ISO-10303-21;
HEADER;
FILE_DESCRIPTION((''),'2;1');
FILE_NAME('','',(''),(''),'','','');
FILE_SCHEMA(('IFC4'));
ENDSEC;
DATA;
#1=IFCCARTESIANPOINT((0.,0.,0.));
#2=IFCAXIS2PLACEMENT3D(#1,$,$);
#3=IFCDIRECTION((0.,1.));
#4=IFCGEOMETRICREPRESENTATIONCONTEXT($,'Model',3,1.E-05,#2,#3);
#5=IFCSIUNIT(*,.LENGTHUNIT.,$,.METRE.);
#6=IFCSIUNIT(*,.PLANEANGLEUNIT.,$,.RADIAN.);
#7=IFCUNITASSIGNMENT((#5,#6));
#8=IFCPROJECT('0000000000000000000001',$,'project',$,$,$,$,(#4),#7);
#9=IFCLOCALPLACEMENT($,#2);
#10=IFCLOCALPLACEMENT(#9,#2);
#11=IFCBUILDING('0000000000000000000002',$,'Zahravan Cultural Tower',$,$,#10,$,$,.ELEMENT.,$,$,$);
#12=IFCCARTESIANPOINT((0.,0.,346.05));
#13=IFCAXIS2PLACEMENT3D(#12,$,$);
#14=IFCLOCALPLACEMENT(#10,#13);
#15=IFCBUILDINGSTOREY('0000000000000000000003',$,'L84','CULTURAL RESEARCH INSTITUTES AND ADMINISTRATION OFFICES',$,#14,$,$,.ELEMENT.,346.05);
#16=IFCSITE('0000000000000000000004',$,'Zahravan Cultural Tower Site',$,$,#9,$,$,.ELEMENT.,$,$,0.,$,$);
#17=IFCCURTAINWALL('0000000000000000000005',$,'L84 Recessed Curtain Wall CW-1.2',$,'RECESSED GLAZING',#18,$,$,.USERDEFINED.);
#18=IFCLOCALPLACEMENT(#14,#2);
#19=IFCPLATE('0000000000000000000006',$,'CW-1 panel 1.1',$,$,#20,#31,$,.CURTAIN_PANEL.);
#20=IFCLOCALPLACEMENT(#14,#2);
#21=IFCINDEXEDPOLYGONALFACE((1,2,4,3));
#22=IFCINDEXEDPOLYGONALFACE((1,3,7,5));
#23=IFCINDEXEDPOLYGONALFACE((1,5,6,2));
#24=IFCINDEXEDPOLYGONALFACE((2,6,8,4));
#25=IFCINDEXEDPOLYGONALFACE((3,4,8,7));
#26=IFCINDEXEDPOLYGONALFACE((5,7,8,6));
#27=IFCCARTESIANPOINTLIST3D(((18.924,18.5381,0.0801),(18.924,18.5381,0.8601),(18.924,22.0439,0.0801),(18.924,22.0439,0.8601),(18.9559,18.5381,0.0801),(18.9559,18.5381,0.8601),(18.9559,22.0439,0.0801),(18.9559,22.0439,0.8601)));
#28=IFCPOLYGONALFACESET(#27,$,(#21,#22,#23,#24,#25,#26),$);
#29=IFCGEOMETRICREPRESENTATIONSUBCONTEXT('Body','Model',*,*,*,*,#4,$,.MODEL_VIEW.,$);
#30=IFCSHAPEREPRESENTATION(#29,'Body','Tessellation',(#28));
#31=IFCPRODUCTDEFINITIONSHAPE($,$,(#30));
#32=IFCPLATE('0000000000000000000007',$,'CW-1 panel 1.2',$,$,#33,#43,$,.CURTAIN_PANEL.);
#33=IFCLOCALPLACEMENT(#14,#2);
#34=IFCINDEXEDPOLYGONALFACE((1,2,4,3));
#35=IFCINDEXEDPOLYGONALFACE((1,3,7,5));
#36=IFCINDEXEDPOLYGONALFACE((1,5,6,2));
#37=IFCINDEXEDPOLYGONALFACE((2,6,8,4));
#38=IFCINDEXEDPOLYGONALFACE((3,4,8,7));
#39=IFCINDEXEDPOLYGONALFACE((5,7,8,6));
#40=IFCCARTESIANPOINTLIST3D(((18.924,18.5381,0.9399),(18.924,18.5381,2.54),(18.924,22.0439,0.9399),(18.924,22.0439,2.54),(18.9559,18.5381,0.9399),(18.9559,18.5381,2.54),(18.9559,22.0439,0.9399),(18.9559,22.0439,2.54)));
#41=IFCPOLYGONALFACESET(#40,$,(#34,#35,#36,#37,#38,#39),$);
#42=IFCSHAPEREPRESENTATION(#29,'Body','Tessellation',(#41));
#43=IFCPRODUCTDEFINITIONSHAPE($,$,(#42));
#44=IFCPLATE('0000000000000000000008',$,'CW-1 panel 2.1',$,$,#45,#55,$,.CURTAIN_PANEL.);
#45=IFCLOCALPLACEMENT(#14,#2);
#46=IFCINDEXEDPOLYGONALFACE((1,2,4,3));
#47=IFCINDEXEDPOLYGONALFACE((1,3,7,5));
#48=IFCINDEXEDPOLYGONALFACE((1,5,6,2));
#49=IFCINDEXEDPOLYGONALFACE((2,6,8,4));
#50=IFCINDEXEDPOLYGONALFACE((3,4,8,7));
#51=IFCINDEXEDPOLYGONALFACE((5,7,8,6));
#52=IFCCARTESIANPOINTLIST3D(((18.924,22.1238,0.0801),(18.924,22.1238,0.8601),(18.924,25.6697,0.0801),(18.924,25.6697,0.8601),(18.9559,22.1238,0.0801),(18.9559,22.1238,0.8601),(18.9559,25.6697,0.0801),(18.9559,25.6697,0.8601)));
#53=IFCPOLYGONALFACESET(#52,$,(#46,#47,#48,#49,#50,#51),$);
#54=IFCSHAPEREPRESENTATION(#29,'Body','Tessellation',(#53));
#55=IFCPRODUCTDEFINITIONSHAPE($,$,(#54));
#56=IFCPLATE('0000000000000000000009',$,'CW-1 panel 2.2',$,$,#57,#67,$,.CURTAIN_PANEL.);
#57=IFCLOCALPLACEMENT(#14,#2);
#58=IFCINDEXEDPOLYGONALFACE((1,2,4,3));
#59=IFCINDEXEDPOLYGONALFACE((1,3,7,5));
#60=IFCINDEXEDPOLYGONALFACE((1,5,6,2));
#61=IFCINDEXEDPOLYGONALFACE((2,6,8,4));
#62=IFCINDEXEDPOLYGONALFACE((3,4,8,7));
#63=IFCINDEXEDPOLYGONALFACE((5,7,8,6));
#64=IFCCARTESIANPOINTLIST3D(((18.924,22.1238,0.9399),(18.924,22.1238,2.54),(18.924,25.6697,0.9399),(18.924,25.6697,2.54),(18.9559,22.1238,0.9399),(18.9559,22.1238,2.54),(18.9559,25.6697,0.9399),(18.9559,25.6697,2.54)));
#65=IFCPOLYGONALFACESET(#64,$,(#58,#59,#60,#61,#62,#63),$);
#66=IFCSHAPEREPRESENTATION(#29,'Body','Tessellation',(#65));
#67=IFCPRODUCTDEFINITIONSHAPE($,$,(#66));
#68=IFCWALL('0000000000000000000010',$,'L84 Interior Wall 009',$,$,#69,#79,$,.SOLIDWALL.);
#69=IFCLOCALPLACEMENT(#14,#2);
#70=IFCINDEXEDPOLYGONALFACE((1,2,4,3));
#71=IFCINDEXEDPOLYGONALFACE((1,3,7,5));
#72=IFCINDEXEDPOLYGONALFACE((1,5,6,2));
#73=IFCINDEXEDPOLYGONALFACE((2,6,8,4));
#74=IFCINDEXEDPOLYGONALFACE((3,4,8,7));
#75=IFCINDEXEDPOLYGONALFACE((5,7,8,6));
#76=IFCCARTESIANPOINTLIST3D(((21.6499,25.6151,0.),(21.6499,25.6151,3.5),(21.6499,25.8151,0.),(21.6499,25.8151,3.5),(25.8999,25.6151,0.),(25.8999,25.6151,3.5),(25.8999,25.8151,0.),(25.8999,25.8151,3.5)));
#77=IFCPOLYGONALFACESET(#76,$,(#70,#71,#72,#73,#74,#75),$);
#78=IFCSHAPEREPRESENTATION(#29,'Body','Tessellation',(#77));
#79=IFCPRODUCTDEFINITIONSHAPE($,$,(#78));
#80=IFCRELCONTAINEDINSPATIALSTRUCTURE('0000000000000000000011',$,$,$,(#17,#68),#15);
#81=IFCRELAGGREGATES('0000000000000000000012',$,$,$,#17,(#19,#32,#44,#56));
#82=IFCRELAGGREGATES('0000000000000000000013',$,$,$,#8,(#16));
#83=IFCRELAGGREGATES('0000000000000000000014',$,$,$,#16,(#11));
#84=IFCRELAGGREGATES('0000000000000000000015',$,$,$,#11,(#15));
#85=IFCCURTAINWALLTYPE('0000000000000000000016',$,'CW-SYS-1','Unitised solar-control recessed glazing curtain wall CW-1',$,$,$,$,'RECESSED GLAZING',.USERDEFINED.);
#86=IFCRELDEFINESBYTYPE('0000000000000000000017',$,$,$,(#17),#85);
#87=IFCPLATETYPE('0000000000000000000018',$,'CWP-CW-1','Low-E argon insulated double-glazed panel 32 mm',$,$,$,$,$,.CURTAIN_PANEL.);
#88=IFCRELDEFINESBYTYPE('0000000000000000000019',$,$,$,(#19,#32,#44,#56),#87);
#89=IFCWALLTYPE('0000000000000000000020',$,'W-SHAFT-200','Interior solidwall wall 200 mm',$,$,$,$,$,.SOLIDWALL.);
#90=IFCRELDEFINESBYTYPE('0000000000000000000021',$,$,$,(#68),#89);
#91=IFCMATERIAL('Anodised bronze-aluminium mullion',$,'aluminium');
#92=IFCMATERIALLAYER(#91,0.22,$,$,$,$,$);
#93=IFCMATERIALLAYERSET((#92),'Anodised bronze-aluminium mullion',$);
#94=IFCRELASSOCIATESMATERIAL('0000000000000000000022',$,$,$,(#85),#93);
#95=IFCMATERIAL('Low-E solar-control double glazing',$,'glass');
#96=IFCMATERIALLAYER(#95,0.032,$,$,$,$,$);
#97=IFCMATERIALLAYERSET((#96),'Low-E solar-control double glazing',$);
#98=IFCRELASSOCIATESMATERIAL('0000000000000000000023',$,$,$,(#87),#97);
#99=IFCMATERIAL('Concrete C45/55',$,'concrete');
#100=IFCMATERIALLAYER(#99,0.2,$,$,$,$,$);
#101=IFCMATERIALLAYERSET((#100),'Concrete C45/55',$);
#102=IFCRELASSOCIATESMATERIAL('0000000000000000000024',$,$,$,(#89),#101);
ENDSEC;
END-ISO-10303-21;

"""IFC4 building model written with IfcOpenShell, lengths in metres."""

from ifc_helpers import new_model, si_unit, direction, frame, frame_2d, origin, origin_2d, place, context, subcontext, project, spatial, rectangle, extrude, source, transform, mapped, material, layer, layer_set, type_object, element, aggregate, save


model = new_model("IFC4")

# Units and contexts
model_context = context("Model", 3, precision=1e-05, world=origin(), true_north=direction((0.0, 1.0)))
body_context = subcontext(model_context, "Body", "Model", "MODEL_VIEW")
ifc_project = project(units=[si_unit("LENGTHUNIT", "METRE"), si_unit("PLANEANGLEUNIT", "RADIAN")], contexts=[model_context])

# Site, building, storey
site_placement = place(None, origin())
site = spatial("IfcSite", under=ifc_project, at=site_placement, Name="Zahravan Cultural Tower Site", CompositionType="ELEMENT", RefElevation=0.0)
building_placement = place(site_placement, origin())
building = spatial("IfcBuilding", under=site, at=building_placement, Name="Zahravan Cultural Tower", CompositionType="ELEMENT")
storey_placement = place(building_placement, frame((0.0, 0.0, 346.05)))
storey = spatial("IfcBuildingStorey", under=building, at=storey_placement, Name="L84", Description="CULTURAL RESEARCH INSTITUTES AND ADMINISTRATION OFFICES", CompositionType="ELEMENT", Elevation=346.05)

# Curtain wall, plates
ifc_material_1 = material(Name="Anodised bronze-aluminium mullion", Category="aluminium")
ifc_layer_1 = layer(ifc_material_1, 0.22)
ifc_layer_set_1 = layer_set([ifc_layer_1], Name="Anodised bronze-aluminium mullion")
curtain_wall_type = type_object("IfcCurtainWallType", Name="CW-SYS-1", Description="Unitised solar-control recessed glazing curtain wall CW-1", ElementType="RECESSED GLAZING", PredefinedType="USERDEFINED", material=ifc_layer_set_1)
curtain_wall_placement = place(storey_placement, origin())
curtain_wall = element("IfcCurtainWall", 1, at=curtain_wall_placement, inside=storey, type_object=curtain_wall_type, Name="L84 Recessed Curtain Wall CW-1.2", ObjectType="RECESSED GLAZING", PredefinedType="USERDEFINED")
ifc_material_2 = material(Name="Low-E solar-control double glazing", Category="glass")
ifc_layer_2 = layer(ifc_material_2, 0.032)
ifc_layer_set_2 = layer_set([ifc_layer_2], Name="Low-E solar-control double glazing")
plate_type = type_object("IfcPlateType", Name="CWP-CW-1", Description="Low-E argon insulated double-glazed panel 32 mm", PredefinedType="CURTAIN_PANEL", material=ifc_layer_set_2)
shared_shape_1 = source(origin(), body_context, "Body", "SweptSolid", [
    extrude(rectangle(XDim=3.5059, YDim=0.032, at=origin_2d()), origin(), (0.0, 0.0, 1.0), 0.78),
])
plate_1_placement = place(storey_placement, frame((18.9399, 20.291, 0.0801), z_axis=(0.0, 0.0, 1.0), x_axis=(0.0, 1.0, 0.0)))
plate_1 = element("IfcPlate", 2, at=plate_1_placement, type_object=plate_type, Name="CW-1 panel 1.1", PredefinedType="CURTAIN_PANEL", context=body_context, shape_type="MappedRepresentation", body=[
    mapped(shared_shape_1, transform((0.0, 0.0, 0.0), x_axis=(1.0, 0.0, 0.0), y_axis=(0.0, 1.0, 0.0), z_axis=(0.0, 0.0, 1.0), scale=1.0)),
])
shared_shape_2 = source(origin(), body_context, "Body", "SweptSolid", [
    extrude(rectangle(XDim=3.5059, YDim=0.032, at=origin_2d()), origin(), (0.0, 0.0, 1.0), 1.6001),
])
plate_2_placement = place(storey_placement, frame((18.9399, 20.291, 0.9399), z_axis=(0.0, 0.0, 1.0), x_axis=(0.0, 1.0, 0.0)))
plate_2 = element("IfcPlate", 3, at=plate_2_placement, type_object=plate_type, Name="CW-1 panel 1.2", PredefinedType="CURTAIN_PANEL", context=body_context, shape_type="MappedRepresentation", body=[
    mapped(shared_shape_2, transform((0.0, 0.0, 0.0), x_axis=(1.0, 0.0, 0.0), y_axis=(0.0, 1.0, 0.0), z_axis=(0.0, 0.0, 1.0), scale=1.0)),
])
shared_shape_3 = source(origin(), body_context, "Body", "SweptSolid", [
    extrude(rectangle(XDim=3.5459, YDim=0.032, at=origin_2d()), origin(), (0.0, 0.0, 1.0), 0.78),
])
plate_3_placement = place(storey_placement, frame((18.9399, 23.8967, 0.0801), z_axis=(0.0, 0.0, 1.0), x_axis=(0.0, 1.0, 0.0)))
plate_3 = element("IfcPlate", 4, at=plate_3_placement, type_object=plate_type, Name="CW-1 panel 2.1", PredefinedType="CURTAIN_PANEL", context=body_context, shape_type="MappedRepresentation", body=[
    mapped(shared_shape_3, transform((0.0, 0.0, 0.0), x_axis=(1.0, 0.0, 0.0), y_axis=(0.0, 1.0, 0.0), z_axis=(0.0, 0.0, 1.0), scale=1.0)),
])
shared_shape_4 = source(origin(), body_context, "Body", "SweptSolid", [
    extrude(rectangle(XDim=3.5459, YDim=0.032, at=origin_2d()), origin(), (0.0, 0.0, 1.0), 1.6001),
])
plate_4_placement = place(storey_placement, frame((18.9399, 23.8967, 0.9399), z_axis=(0.0, 0.0, 1.0), x_axis=(0.0, 1.0, 0.0)))
plate_4 = element("IfcPlate", 5, at=plate_4_placement, type_object=plate_type, Name="CW-1 panel 2.2", PredefinedType="CURTAIN_PANEL", context=body_context, shape_type="MappedRepresentation", body=[
    mapped(shared_shape_4, transform((0.0, 0.0, 0.0), x_axis=(1.0, 0.0, 0.0), y_axis=(0.0, 1.0, 0.0), z_axis=(0.0, 0.0, 1.0), scale=1.0)),
])
aggregate(curtain_wall, [plate_1, plate_2, plate_3, plate_4])

# Wall
ifc_material_3 = material(Name="Concrete C45/55", Category="concrete")
ifc_layer_3 = layer(ifc_material_3, 0.2)
ifc_layer_set_3 = layer_set([ifc_layer_3], Name="Concrete C45/55")
wall_type_1 = type_object("IfcWallType", Name="W-SHAFT-200", Description="Interior solidwall wall 200 mm", PredefinedType="SOLIDWALL", material=ifc_layer_set_3)
shared_shape_5 = source(origin(), body_context, "Body", "SweptSolid", [
    extrude(rectangle(XDim=4.25, YDim=0.2, at=frame_2d((2.125, 0.0))), origin(), (0.0, 0.0, 1.0), 3.5),
])
wall_1_placement = place(storey_placement, frame((21.6499, 25.7151, 0.0), z_axis=(0.0, 0.0, 1.0), x_axis=(1.0, 0.0, 0.0)))
element("IfcWall", 6, at=wall_1_placement, inside=storey, type_object=wall_type_1, Name="L84 Interior Wall 009", PredefinedType="SOLIDWALL", context=body_context, shape_type="MappedRepresentation", body=[
    mapped(shared_shape_5, transform((0.0, 0.0, 0.0), x_axis=(1.0, 0.0, 0.0), y_axis=(0.0, 1.0, 0.0), z_axis=(0.0, 0.0, 1.0), scale=1.0)),
])

save(model, "model.ifc")
